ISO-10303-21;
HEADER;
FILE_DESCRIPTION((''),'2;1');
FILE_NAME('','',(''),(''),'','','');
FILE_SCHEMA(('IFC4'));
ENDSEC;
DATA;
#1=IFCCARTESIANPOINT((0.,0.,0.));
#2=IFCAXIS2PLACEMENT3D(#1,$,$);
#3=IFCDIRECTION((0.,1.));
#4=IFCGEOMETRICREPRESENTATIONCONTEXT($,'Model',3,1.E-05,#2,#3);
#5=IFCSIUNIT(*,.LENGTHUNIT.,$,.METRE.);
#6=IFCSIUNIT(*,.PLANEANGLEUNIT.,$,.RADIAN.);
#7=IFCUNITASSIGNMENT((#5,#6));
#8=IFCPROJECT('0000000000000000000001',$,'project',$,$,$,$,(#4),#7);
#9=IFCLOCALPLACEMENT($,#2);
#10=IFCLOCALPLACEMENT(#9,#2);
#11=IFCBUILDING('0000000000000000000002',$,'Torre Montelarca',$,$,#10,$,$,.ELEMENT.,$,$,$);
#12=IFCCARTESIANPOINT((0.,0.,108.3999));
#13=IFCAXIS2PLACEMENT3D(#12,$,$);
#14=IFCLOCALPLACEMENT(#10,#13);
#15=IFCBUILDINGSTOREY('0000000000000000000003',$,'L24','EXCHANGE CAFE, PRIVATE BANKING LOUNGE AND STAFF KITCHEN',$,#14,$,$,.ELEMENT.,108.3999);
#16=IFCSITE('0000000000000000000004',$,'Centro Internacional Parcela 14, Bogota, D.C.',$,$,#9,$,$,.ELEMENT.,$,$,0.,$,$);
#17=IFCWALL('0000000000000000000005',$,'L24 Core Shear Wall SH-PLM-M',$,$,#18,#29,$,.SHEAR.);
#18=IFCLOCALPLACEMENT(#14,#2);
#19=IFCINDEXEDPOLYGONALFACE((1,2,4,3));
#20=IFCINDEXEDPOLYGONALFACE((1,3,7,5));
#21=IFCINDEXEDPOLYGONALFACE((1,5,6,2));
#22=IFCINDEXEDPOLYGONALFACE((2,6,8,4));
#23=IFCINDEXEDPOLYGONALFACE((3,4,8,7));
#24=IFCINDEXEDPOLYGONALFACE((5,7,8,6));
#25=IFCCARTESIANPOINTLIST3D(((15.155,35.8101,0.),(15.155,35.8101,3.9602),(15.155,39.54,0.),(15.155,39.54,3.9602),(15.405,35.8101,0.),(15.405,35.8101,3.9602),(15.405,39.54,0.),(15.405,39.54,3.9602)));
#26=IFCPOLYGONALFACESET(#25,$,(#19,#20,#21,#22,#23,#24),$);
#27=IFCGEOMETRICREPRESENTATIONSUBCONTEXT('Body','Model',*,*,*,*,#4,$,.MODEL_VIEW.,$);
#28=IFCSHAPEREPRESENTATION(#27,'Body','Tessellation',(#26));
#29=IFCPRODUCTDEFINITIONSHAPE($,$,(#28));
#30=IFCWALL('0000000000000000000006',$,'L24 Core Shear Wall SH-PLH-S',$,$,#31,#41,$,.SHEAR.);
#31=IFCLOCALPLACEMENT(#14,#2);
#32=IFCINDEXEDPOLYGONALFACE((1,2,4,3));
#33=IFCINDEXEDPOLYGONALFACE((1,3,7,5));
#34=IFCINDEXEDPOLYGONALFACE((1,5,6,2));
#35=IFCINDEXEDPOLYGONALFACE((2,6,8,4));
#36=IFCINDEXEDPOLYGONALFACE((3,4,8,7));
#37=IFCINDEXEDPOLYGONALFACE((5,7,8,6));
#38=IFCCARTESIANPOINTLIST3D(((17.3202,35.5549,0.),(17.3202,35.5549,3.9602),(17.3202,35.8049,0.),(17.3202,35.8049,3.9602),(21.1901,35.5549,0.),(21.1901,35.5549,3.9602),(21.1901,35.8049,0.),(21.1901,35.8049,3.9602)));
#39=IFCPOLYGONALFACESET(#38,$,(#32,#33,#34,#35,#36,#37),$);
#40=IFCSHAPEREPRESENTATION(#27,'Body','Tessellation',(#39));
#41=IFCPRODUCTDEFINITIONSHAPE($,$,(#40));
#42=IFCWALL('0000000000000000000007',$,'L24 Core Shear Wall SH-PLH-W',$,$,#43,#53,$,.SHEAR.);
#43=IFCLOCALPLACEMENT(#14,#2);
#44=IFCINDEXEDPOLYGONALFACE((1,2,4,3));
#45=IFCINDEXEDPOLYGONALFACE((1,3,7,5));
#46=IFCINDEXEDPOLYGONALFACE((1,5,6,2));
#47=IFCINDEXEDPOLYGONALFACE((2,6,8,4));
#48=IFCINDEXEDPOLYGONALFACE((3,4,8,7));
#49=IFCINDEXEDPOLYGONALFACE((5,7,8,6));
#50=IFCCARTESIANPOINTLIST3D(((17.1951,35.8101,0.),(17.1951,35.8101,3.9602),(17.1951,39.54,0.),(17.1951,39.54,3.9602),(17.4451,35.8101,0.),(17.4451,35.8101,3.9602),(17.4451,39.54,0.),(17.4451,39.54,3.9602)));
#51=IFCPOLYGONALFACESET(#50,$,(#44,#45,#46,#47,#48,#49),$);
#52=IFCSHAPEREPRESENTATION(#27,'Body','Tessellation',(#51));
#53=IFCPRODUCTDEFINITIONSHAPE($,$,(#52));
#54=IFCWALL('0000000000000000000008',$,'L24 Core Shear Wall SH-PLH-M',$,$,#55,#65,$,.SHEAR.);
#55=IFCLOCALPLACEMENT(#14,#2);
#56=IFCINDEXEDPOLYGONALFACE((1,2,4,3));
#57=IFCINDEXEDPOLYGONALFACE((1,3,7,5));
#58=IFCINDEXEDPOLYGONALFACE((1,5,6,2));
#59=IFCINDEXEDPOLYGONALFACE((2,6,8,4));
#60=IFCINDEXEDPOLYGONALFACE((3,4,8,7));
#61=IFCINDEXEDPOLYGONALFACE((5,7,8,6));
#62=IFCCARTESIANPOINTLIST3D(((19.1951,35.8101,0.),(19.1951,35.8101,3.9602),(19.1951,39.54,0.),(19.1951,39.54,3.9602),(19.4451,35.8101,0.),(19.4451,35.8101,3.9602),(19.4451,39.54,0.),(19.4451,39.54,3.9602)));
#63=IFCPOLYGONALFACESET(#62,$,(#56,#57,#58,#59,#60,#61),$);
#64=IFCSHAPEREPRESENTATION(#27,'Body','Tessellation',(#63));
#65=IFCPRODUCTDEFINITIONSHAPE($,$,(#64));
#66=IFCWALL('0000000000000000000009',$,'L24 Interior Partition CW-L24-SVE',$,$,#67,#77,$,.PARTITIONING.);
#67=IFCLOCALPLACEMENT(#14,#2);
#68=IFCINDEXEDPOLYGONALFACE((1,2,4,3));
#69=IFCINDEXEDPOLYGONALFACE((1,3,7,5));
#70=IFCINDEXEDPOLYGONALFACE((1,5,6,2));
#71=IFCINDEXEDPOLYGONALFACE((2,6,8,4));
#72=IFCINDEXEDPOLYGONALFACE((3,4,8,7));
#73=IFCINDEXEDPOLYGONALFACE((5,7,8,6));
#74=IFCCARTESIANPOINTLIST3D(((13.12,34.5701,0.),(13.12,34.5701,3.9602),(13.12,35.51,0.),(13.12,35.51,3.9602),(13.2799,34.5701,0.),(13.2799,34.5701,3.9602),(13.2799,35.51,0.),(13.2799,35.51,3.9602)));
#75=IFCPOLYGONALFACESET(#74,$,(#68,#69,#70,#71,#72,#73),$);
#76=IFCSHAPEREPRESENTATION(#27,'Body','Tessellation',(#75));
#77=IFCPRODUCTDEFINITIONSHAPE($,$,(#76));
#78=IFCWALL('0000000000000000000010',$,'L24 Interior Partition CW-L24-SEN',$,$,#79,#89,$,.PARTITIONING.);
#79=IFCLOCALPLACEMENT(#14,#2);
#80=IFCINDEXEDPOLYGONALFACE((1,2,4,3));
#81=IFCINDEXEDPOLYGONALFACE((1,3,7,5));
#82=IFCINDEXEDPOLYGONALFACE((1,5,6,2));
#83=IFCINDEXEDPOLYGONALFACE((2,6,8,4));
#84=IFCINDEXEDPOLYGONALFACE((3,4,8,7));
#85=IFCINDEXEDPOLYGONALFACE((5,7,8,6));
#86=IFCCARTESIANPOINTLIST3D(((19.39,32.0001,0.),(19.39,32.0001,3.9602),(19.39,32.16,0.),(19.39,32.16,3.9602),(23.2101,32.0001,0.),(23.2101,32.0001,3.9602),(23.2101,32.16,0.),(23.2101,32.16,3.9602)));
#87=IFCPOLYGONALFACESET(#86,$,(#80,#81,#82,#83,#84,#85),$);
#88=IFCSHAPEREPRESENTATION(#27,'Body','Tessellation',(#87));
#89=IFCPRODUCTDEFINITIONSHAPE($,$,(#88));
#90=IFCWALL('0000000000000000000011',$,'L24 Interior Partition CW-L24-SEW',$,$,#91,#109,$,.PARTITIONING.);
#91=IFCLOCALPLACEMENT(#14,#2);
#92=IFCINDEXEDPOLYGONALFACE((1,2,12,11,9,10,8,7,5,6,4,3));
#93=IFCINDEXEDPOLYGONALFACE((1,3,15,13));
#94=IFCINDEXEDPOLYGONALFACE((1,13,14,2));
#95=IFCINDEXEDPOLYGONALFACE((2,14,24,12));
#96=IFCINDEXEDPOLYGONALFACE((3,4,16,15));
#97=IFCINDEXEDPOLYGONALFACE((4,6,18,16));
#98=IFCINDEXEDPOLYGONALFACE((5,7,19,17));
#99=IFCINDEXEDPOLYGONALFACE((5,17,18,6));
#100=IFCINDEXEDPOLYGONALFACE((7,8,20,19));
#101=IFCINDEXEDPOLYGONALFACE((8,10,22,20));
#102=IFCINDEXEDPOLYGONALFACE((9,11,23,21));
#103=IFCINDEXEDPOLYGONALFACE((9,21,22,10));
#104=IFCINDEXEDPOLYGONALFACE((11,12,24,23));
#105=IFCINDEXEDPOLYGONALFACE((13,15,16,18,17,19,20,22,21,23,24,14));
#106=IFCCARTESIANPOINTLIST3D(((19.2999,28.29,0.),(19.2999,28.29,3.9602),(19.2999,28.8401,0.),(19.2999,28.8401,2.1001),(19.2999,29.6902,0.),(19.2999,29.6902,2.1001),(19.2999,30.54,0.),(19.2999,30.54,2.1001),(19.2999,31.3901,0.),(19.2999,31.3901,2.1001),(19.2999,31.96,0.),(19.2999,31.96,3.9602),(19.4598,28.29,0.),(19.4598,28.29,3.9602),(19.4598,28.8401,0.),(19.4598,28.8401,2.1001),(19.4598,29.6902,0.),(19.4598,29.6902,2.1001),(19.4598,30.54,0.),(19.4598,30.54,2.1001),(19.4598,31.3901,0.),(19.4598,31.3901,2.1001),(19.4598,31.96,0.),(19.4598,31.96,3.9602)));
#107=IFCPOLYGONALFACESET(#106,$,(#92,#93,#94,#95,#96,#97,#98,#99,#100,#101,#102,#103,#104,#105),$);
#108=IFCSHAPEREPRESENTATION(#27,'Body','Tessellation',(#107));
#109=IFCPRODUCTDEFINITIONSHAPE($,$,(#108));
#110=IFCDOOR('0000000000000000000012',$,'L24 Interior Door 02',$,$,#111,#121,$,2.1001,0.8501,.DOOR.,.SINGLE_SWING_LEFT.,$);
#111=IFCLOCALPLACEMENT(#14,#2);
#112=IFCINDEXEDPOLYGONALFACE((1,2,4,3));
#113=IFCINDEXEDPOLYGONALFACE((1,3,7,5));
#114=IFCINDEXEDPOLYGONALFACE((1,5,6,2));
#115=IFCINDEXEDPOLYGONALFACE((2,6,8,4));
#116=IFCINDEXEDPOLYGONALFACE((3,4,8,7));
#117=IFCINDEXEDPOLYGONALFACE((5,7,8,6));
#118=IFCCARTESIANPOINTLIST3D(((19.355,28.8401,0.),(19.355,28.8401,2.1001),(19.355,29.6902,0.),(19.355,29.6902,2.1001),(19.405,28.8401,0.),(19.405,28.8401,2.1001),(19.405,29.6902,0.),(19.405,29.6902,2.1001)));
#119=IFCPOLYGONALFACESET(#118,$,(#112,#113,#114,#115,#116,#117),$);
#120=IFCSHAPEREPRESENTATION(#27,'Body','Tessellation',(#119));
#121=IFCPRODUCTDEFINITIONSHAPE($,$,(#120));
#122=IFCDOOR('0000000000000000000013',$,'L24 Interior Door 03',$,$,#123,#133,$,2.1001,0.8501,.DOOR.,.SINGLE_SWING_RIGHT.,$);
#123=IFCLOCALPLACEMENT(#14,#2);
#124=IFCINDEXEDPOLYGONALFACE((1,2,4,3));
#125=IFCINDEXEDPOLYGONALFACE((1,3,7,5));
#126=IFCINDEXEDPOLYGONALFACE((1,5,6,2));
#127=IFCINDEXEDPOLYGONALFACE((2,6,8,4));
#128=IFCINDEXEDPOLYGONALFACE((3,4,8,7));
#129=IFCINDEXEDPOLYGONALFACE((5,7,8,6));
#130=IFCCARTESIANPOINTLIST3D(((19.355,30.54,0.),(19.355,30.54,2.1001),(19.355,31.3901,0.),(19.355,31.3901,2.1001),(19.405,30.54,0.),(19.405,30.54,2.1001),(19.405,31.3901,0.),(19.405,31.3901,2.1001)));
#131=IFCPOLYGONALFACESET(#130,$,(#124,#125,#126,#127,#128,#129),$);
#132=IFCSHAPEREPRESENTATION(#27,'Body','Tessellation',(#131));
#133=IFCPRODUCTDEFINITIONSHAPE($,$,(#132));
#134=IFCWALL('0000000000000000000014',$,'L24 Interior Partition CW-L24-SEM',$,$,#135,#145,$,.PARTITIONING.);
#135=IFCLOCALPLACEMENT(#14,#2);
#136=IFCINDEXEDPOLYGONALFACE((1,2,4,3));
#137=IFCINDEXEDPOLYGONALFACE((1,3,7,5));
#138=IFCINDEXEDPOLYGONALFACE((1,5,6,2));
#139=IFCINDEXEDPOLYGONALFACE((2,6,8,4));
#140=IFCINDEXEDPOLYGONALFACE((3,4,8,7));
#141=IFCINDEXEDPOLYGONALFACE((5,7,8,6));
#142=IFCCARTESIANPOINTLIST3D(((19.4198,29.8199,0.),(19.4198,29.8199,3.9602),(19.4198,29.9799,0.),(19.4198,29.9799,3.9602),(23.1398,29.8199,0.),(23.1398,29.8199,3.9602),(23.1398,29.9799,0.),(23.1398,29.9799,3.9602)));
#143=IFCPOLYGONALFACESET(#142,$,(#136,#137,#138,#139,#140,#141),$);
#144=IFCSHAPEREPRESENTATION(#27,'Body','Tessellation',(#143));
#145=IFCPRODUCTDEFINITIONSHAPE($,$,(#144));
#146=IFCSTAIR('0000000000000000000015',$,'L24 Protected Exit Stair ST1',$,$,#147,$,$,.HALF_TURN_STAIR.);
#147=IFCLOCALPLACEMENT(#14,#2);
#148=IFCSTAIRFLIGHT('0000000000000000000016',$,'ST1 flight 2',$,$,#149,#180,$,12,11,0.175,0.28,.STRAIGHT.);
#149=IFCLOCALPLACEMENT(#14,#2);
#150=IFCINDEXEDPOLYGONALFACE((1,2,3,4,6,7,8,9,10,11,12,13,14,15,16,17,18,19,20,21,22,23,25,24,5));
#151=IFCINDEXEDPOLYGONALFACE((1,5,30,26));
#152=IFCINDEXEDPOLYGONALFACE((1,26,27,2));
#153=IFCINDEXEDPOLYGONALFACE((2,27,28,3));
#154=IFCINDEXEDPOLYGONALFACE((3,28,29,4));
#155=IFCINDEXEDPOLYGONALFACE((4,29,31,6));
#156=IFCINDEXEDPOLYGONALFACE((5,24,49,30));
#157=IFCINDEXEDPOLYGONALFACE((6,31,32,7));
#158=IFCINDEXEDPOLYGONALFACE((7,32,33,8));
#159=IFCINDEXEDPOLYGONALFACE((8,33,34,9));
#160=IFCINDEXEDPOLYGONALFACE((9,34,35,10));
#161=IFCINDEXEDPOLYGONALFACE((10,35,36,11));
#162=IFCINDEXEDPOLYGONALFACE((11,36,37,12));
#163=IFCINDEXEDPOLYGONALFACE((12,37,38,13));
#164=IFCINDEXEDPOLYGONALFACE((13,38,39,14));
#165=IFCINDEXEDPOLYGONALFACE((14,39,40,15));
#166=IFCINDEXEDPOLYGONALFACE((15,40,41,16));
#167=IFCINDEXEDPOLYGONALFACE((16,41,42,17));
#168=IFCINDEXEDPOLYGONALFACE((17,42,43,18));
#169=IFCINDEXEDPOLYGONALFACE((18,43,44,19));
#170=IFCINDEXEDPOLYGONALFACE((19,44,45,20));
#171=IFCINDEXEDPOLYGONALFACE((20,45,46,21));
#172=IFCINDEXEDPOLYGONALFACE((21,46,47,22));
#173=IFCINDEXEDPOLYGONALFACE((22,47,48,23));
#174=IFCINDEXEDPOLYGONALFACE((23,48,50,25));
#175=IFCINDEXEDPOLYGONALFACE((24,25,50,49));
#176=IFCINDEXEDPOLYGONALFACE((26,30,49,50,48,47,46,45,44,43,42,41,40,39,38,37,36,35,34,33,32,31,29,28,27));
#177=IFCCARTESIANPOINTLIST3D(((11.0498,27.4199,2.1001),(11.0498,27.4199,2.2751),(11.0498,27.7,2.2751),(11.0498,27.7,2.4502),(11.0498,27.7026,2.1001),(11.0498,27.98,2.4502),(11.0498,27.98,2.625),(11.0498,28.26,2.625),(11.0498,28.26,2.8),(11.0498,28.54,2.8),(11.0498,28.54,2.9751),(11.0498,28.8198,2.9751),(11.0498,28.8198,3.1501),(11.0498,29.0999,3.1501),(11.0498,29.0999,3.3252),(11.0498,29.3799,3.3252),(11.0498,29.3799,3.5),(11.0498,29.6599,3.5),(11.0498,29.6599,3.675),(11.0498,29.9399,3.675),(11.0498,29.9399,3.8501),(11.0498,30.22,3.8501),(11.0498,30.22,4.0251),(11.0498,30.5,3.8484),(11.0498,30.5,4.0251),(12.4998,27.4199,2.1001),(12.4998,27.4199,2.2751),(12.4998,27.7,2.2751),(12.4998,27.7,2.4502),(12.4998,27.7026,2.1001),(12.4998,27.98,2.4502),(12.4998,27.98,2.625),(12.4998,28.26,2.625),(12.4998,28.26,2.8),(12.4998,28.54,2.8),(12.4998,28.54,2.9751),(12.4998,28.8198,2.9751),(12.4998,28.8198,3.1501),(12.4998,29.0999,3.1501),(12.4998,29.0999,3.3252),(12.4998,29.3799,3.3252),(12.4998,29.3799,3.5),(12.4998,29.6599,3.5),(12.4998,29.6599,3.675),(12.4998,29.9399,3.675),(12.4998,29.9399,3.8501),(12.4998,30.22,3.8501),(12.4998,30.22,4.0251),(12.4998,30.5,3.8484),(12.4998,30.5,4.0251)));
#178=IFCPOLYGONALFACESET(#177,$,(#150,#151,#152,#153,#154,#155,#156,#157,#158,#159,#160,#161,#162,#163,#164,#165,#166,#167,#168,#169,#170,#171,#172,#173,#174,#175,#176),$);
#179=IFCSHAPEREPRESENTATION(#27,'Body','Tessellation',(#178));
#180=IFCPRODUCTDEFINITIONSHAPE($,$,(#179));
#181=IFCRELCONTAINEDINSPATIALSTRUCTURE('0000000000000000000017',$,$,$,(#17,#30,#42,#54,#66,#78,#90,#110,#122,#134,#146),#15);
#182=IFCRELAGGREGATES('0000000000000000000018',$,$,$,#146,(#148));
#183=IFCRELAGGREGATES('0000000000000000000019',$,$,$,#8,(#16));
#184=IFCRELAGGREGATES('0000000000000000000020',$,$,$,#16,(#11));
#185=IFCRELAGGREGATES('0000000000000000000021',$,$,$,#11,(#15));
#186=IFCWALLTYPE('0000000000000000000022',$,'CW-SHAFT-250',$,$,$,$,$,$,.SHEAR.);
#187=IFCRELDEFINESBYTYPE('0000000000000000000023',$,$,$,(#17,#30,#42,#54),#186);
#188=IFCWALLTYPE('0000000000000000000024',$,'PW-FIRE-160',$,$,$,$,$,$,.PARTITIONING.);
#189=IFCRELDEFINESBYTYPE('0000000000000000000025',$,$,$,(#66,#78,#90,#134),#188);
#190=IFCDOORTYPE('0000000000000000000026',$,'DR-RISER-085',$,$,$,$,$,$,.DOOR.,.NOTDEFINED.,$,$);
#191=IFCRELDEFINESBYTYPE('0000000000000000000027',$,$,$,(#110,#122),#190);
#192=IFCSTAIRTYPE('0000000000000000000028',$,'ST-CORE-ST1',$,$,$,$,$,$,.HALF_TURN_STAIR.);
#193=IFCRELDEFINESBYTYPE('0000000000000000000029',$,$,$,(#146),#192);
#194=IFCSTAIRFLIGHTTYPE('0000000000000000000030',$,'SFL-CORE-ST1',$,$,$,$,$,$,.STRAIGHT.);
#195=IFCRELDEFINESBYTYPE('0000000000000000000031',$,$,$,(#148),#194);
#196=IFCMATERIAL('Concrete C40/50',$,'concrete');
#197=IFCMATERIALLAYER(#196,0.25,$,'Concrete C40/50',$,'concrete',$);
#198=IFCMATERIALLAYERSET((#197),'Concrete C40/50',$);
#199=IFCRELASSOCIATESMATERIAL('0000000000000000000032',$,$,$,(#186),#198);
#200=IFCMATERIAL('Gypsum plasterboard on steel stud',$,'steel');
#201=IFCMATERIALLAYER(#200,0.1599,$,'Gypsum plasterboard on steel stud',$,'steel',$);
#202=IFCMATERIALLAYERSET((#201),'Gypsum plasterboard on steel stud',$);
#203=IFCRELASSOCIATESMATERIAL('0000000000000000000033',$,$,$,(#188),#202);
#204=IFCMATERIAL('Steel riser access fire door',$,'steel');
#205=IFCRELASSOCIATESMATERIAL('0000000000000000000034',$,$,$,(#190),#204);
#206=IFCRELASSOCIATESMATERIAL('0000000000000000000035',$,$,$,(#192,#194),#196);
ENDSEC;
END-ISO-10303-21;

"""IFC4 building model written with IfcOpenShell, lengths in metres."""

from ifc_helpers import new_model, si_unit, direction, frame, frame_2d, origin, place, context, subcontext, project, spatial, polyline, rectangle, outline, extrude, source, transform, mapped, material, layer, layer_set, type_object, element, fill, aggregate, save


model = new_model("IFC4")

# Units and contexts
model_context = context("Model", 3, precision=1e-05, world=origin(), true_north=direction((0.0, 1.0)))
body_context = subcontext(model_context, "Body", "Model", "MODEL_VIEW")
ifc_project = project(units=[si_unit("LENGTHUNIT", "METRE"), si_unit("PLANEANGLEUNIT", "RADIAN")], contexts=[model_context])

# Site, building, storey
site_placement = place(None, origin())
site = spatial("IfcSite", under=ifc_project, at=site_placement, Name="Centro Internacional Parcela 14, Bogota, D.C.", CompositionType="ELEMENT", RefElevation=0.0)
building_placement = place(site_placement, origin())
building = spatial("IfcBuilding", under=site, at=building_placement, Name="Torre Montelarca", CompositionType="ELEMENT")
storey_placement = place(building_placement, frame((0.0, 0.0, 108.3999)))
storey = spatial("IfcBuildingStorey", under=building, at=storey_placement, Name="L24", Description="EXCHANGE CAFE, PRIVATE BANKING LOUNGE AND STAFF KITCHEN", CompositionType="ELEMENT", Elevation=108.3999)

# Shared definitions
ifc_material_1 = material(Name="Concrete C40/50", Category="concrete")
ifc_layer_1 = layer(ifc_material_1, 0.25, Name="Concrete C40/50", Category="concrete")
ifc_layer_set_1 = layer_set([ifc_layer_1], Name="Concrete C40/50")
wall_type_1 = type_object("IfcWallType", Name="CW-SHAFT-250", PredefinedType="SHEAR", material=ifc_layer_set_1)

# Walls
for number, where, z_axis, x_axis, name in (
    (1, (15.28, 35.8101, 0.0), (0.0, 0.0, 1.0), (0.0, 1.0, 0.0), "L24 Core Shear Wall SH-PLM-M"),
):
    element("IfcWall", number, at=place(storey_placement, frame(where, z_axis=z_axis, x_axis=x_axis)), inside=storey, type_object=wall_type_1, Name=name, PredefinedType="SHEAR", context=body_context, shape_type="SweptSolid", body=[
        extrude(rectangle(XDim=3.73, YDim=0.25, at=frame_2d((1.865, 0.0))), origin(), (0.0, 0.0, 1.0), 3.9602),
    ])
wall_1_placement = place(storey_placement, frame((17.3201, 35.6799, 0.0), z_axis=(0.0, 0.0, 1.0), x_axis=(1.0, 0.0, 0.0)))
element("IfcWall", 2, at=wall_1_placement, inside=storey, type_object=wall_type_1, Name="L24 Core Shear Wall SH-PLH-S", PredefinedType="SHEAR", context=body_context, shape_type="SweptSolid", body=[
    extrude(rectangle(XDim=3.8699, YDim=0.25, at=frame_2d((1.9351, 0.0))), origin(), (0.0, 0.0, 1.0), 3.9602),
])
for number, where, z_axis, x_axis, name in (
    (3, (17.3201, 35.8101, 0.0), (0.0, 0.0, 1.0), (0.0, 1.0, 0.0), "L24 Core Shear Wall SH-PLH-W"),
    (4, (19.3201, 35.8101, 0.0), (0.0, 0.0, 1.0), (0.0, 1.0, 0.0), "L24 Core Shear Wall SH-PLH-M"),
):
    element("IfcWall", number, at=place(storey_placement, frame(where, z_axis=z_axis, x_axis=x_axis)), inside=storey, type_object=wall_type_1, Name=name, PredefinedType="SHEAR", context=body_context, shape_type="SweptSolid", body=[
        extrude(rectangle(XDim=3.73, YDim=0.25, at=frame_2d((1.865, 0.0))), origin(), (0.0, 0.0, 1.0), 3.9602),
    ])
ifc_material_2 = material(Name="Gypsum plasterboard on steel stud", Category="steel")
ifc_layer_2 = layer(ifc_material_2, 0.1599, Name="Gypsum plasterboard on steel stud", Category="steel")
ifc_layer_set_2 = layer_set([ifc_layer_2], Name="Gypsum plasterboard on steel stud")
wall_type_2 = type_object("IfcWallType", Name="PW-FIRE-160", PredefinedType="PARTITIONING", material=ifc_layer_set_2)
wall_2_placement = place(storey_placement, frame((13.2, 34.5701, 0.0), z_axis=(0.0, 0.0, 1.0), x_axis=(0.0, 1.0, 0.0)))
element("IfcWall", 5, at=wall_2_placement, inside=storey, type_object=wall_type_2, Name="L24 Interior Partition CW-L24-SVE", PredefinedType="PARTITIONING", context=body_context, shape_type="SweptSolid", body=[
    extrude(rectangle(XDim=0.9399, YDim=0.1599, at=frame_2d((0.47, 0.0))), origin(), (0.0, 0.0, 1.0), 3.9602),
])
wall_3_placement = place(storey_placement, frame((19.3899, 32.0801, 0.0), z_axis=(0.0, 0.0, 1.0), x_axis=(1.0, 0.0, 0.0)))
element("IfcWall", 6, at=wall_3_placement, inside=storey, type_object=wall_type_2, Name="L24 Interior Partition CW-L24-SEN", PredefinedType="PARTITIONING", context=body_context, shape_type="SweptSolid", body=[
    extrude(rectangle(XDim=3.8201, YDim=0.1599, at=frame_2d((1.9102, 0.0))), origin(), (0.0, 0.0, 1.0), 3.9602),
])

# Wall, openings, doors
wall_4_placement = place(storey_placement, frame((19.3799, 28.29, 0.0), z_axis=(0.0, 0.0, 1.0), x_axis=(0.0, 1.0, 0.0)))
wall_4 = element("IfcWall", 7, at=wall_4_placement, inside=storey, type_object=wall_type_2, Name="L24 Interior Partition CW-L24-SEW", PredefinedType="PARTITIONING", context=body_context, shape_type="SweptSolid", body=[
    extrude(rectangle(XDim=3.6699, YDim=0.1599, at=frame_2d((1.835, 0.0))), origin(), (0.0, 0.0, 1.0), 3.9602),
])
opening_1_placement = place(wall_4_placement, frame((0.55, 0.0, 0.0)))
opening_1 = element("IfcOpeningElement", 8, at=opening_1_placement, cuts=wall_4, PredefinedType="OPENING", context=body_context, shape_type="SweptSolid", body=[
    extrude(rectangle(XDim=0.8501, YDim=2.1001, at=frame_2d((0.425, 1.05))), frame((0.0, 0.0898, 0.0), z_axis=(0.0, -1.0, 0.0), x_axis=(1.0, 0.0, 0.0)), (0.0, 0.0, 1.0), 0.1799),
])
opening_2_placement = place(wall_4_placement, frame((2.25, 0.0, 0.0)))
opening_2 = element("IfcOpeningElement", 9, at=opening_2_placement, cuts=wall_4, PredefinedType="OPENING", context=body_context, shape_type="SweptSolid", body=[
    extrude(rectangle(XDim=0.8501, YDim=2.1001, at=frame_2d((0.425, 1.05))), frame((0.0, 0.0898, 0.0), z_axis=(0.0, -1.0, 0.0), x_axis=(1.0, 0.0, 0.0)), (0.0, 0.0, 1.0), 0.1799),
])
ifc_material_3 = material(Name="Steel riser access fire door", Category="steel")
door_type_1 = type_object("IfcDoorType", Name="DR-RISER-085", OperationType="NOTDEFINED", PredefinedType="DOOR", material=ifc_material_3)
shared_shape_1 = source(origin(), body_context, "Body", "SweptSolid", [
    extrude(rectangle(XDim=0.8501, YDim=2.1001, at=frame_2d((0.425, 1.05))), frame((0.0, 0.0249, 0.0), z_axis=(0.0, -1.0, 0.0), x_axis=(1.0, 0.0, 0.0)), (0.0, 0.0, 1.0), 0.05),
])
door_1_placement = place(opening_1_placement, origin())
door_1 = element("IfcDoor", 10, at=door_1_placement, inside=storey, type_object=door_type_1, Name="L24 Interior Door 02", OperationType="SINGLE_SWING_LEFT", OverallHeight=2.1001, OverallWidth=0.8501, PredefinedType="DOOR", context=body_context, shape_type="MappedRepresentation", body=[
    mapped(shared_shape_1, transform((0.0, 0.0, 0.0), scale=1.0)),
])
fill(opening_1, door_1)
door_2_placement = place(opening_2_placement, origin())
door_2 = element("IfcDoor", 11, at=door_2_placement, inside=storey, type_object=door_type_1, Name="L24 Interior Door 03", OperationType="SINGLE_SWING_RIGHT", OverallHeight=2.1001, OverallWidth=0.8501, PredefinedType="DOOR", context=body_context, shape_type="MappedRepresentation", body=[
    mapped(shared_shape_1, transform((0.0, 0.0, 0.0), scale=1.0)),
])
fill(opening_2, door_2)

# Wall
wall_5_placement = place(storey_placement, frame((19.4199, 29.8999, 0.0), z_axis=(0.0, 0.0, 1.0), x_axis=(1.0, 0.0, 0.0)))
element("IfcWall", 12, at=wall_5_placement, inside=storey, type_object=wall_type_2, Name="L24 Interior Partition CW-L24-SEM", PredefinedType="PARTITIONING", context=body_context, shape_type="SweptSolid", body=[
    extrude(rectangle(XDim=3.72, YDim=0.1599, at=frame_2d((1.8599, 0.0))), origin(), (0.0, 0.0, 1.0), 3.9602),
])

# Stair, stair flight
stair_type = type_object("IfcStairType", Name="ST-CORE-ST1", PredefinedType="HALF_TURN_STAIR", material=ifc_material_1)
stair_placement = place(storey_placement, origin())
stair = element("IfcStair", 13, at=stair_placement, inside=storey, type_object=stair_type, Name="L24 Protected Exit Stair ST1", PredefinedType="HALF_TURN_STAIR")
stair_flight_type = type_object("IfcStairFlightType", Name="SFL-CORE-ST1", PredefinedType="STRAIGHT", material=ifc_material_1)
stair_flight_placement = place(storey_placement, frame((11.7749, 27.4199, 2.1001), z_axis=(0.0, 0.0, 1.0), x_axis=(0.0, 1.0, 0.0)))
stair_flight = element("IfcStairFlight", 14, at=stair_flight_placement, type_object=stair_flight_type, Name="ST1 flight 2", NumberOfRisers=12, NumberOfTreads=11, PredefinedType="STRAIGHT", RiserHeight=0.175, TreadLength=0.28, context=body_context, shape_type="SweptSolid", body=[
    extrude(outline(polyline([(0.0, 0.0), (0.0, 0.175), (0.28, 0.175), (0.28, 0.3501), (0.5601, 0.3501), (0.5601, 0.5249), (0.8401, 0.5249), (0.8401, 0.7), (1.1201, 0.7), (1.1201, 0.875), (1.3999, 0.875), (1.3999, 1.05), (1.6799, 1.05), (1.6799, 1.2251), (1.96, 1.2251), (1.96, 1.3999), (2.24, 1.3999), (2.24, 1.575), (2.52, 1.575), (2.52, 1.75), (2.8, 1.75), (2.8, 1.925), (3.0801, 1.925), (3.0801, 2.1001), (3.0801, 1.7483), (0.2827, 0.0), (0.0, 0.0)])), frame((0.0, 0.7251, 0.0), z_axis=(0.0, -1.0, 0.0), x_axis=(1.0, 0.0, 0.0)), (0.0, 0.0, 1.0), 1.45),
])
aggregate(stair, [stair_flight])

save(model, "model.ifc")
